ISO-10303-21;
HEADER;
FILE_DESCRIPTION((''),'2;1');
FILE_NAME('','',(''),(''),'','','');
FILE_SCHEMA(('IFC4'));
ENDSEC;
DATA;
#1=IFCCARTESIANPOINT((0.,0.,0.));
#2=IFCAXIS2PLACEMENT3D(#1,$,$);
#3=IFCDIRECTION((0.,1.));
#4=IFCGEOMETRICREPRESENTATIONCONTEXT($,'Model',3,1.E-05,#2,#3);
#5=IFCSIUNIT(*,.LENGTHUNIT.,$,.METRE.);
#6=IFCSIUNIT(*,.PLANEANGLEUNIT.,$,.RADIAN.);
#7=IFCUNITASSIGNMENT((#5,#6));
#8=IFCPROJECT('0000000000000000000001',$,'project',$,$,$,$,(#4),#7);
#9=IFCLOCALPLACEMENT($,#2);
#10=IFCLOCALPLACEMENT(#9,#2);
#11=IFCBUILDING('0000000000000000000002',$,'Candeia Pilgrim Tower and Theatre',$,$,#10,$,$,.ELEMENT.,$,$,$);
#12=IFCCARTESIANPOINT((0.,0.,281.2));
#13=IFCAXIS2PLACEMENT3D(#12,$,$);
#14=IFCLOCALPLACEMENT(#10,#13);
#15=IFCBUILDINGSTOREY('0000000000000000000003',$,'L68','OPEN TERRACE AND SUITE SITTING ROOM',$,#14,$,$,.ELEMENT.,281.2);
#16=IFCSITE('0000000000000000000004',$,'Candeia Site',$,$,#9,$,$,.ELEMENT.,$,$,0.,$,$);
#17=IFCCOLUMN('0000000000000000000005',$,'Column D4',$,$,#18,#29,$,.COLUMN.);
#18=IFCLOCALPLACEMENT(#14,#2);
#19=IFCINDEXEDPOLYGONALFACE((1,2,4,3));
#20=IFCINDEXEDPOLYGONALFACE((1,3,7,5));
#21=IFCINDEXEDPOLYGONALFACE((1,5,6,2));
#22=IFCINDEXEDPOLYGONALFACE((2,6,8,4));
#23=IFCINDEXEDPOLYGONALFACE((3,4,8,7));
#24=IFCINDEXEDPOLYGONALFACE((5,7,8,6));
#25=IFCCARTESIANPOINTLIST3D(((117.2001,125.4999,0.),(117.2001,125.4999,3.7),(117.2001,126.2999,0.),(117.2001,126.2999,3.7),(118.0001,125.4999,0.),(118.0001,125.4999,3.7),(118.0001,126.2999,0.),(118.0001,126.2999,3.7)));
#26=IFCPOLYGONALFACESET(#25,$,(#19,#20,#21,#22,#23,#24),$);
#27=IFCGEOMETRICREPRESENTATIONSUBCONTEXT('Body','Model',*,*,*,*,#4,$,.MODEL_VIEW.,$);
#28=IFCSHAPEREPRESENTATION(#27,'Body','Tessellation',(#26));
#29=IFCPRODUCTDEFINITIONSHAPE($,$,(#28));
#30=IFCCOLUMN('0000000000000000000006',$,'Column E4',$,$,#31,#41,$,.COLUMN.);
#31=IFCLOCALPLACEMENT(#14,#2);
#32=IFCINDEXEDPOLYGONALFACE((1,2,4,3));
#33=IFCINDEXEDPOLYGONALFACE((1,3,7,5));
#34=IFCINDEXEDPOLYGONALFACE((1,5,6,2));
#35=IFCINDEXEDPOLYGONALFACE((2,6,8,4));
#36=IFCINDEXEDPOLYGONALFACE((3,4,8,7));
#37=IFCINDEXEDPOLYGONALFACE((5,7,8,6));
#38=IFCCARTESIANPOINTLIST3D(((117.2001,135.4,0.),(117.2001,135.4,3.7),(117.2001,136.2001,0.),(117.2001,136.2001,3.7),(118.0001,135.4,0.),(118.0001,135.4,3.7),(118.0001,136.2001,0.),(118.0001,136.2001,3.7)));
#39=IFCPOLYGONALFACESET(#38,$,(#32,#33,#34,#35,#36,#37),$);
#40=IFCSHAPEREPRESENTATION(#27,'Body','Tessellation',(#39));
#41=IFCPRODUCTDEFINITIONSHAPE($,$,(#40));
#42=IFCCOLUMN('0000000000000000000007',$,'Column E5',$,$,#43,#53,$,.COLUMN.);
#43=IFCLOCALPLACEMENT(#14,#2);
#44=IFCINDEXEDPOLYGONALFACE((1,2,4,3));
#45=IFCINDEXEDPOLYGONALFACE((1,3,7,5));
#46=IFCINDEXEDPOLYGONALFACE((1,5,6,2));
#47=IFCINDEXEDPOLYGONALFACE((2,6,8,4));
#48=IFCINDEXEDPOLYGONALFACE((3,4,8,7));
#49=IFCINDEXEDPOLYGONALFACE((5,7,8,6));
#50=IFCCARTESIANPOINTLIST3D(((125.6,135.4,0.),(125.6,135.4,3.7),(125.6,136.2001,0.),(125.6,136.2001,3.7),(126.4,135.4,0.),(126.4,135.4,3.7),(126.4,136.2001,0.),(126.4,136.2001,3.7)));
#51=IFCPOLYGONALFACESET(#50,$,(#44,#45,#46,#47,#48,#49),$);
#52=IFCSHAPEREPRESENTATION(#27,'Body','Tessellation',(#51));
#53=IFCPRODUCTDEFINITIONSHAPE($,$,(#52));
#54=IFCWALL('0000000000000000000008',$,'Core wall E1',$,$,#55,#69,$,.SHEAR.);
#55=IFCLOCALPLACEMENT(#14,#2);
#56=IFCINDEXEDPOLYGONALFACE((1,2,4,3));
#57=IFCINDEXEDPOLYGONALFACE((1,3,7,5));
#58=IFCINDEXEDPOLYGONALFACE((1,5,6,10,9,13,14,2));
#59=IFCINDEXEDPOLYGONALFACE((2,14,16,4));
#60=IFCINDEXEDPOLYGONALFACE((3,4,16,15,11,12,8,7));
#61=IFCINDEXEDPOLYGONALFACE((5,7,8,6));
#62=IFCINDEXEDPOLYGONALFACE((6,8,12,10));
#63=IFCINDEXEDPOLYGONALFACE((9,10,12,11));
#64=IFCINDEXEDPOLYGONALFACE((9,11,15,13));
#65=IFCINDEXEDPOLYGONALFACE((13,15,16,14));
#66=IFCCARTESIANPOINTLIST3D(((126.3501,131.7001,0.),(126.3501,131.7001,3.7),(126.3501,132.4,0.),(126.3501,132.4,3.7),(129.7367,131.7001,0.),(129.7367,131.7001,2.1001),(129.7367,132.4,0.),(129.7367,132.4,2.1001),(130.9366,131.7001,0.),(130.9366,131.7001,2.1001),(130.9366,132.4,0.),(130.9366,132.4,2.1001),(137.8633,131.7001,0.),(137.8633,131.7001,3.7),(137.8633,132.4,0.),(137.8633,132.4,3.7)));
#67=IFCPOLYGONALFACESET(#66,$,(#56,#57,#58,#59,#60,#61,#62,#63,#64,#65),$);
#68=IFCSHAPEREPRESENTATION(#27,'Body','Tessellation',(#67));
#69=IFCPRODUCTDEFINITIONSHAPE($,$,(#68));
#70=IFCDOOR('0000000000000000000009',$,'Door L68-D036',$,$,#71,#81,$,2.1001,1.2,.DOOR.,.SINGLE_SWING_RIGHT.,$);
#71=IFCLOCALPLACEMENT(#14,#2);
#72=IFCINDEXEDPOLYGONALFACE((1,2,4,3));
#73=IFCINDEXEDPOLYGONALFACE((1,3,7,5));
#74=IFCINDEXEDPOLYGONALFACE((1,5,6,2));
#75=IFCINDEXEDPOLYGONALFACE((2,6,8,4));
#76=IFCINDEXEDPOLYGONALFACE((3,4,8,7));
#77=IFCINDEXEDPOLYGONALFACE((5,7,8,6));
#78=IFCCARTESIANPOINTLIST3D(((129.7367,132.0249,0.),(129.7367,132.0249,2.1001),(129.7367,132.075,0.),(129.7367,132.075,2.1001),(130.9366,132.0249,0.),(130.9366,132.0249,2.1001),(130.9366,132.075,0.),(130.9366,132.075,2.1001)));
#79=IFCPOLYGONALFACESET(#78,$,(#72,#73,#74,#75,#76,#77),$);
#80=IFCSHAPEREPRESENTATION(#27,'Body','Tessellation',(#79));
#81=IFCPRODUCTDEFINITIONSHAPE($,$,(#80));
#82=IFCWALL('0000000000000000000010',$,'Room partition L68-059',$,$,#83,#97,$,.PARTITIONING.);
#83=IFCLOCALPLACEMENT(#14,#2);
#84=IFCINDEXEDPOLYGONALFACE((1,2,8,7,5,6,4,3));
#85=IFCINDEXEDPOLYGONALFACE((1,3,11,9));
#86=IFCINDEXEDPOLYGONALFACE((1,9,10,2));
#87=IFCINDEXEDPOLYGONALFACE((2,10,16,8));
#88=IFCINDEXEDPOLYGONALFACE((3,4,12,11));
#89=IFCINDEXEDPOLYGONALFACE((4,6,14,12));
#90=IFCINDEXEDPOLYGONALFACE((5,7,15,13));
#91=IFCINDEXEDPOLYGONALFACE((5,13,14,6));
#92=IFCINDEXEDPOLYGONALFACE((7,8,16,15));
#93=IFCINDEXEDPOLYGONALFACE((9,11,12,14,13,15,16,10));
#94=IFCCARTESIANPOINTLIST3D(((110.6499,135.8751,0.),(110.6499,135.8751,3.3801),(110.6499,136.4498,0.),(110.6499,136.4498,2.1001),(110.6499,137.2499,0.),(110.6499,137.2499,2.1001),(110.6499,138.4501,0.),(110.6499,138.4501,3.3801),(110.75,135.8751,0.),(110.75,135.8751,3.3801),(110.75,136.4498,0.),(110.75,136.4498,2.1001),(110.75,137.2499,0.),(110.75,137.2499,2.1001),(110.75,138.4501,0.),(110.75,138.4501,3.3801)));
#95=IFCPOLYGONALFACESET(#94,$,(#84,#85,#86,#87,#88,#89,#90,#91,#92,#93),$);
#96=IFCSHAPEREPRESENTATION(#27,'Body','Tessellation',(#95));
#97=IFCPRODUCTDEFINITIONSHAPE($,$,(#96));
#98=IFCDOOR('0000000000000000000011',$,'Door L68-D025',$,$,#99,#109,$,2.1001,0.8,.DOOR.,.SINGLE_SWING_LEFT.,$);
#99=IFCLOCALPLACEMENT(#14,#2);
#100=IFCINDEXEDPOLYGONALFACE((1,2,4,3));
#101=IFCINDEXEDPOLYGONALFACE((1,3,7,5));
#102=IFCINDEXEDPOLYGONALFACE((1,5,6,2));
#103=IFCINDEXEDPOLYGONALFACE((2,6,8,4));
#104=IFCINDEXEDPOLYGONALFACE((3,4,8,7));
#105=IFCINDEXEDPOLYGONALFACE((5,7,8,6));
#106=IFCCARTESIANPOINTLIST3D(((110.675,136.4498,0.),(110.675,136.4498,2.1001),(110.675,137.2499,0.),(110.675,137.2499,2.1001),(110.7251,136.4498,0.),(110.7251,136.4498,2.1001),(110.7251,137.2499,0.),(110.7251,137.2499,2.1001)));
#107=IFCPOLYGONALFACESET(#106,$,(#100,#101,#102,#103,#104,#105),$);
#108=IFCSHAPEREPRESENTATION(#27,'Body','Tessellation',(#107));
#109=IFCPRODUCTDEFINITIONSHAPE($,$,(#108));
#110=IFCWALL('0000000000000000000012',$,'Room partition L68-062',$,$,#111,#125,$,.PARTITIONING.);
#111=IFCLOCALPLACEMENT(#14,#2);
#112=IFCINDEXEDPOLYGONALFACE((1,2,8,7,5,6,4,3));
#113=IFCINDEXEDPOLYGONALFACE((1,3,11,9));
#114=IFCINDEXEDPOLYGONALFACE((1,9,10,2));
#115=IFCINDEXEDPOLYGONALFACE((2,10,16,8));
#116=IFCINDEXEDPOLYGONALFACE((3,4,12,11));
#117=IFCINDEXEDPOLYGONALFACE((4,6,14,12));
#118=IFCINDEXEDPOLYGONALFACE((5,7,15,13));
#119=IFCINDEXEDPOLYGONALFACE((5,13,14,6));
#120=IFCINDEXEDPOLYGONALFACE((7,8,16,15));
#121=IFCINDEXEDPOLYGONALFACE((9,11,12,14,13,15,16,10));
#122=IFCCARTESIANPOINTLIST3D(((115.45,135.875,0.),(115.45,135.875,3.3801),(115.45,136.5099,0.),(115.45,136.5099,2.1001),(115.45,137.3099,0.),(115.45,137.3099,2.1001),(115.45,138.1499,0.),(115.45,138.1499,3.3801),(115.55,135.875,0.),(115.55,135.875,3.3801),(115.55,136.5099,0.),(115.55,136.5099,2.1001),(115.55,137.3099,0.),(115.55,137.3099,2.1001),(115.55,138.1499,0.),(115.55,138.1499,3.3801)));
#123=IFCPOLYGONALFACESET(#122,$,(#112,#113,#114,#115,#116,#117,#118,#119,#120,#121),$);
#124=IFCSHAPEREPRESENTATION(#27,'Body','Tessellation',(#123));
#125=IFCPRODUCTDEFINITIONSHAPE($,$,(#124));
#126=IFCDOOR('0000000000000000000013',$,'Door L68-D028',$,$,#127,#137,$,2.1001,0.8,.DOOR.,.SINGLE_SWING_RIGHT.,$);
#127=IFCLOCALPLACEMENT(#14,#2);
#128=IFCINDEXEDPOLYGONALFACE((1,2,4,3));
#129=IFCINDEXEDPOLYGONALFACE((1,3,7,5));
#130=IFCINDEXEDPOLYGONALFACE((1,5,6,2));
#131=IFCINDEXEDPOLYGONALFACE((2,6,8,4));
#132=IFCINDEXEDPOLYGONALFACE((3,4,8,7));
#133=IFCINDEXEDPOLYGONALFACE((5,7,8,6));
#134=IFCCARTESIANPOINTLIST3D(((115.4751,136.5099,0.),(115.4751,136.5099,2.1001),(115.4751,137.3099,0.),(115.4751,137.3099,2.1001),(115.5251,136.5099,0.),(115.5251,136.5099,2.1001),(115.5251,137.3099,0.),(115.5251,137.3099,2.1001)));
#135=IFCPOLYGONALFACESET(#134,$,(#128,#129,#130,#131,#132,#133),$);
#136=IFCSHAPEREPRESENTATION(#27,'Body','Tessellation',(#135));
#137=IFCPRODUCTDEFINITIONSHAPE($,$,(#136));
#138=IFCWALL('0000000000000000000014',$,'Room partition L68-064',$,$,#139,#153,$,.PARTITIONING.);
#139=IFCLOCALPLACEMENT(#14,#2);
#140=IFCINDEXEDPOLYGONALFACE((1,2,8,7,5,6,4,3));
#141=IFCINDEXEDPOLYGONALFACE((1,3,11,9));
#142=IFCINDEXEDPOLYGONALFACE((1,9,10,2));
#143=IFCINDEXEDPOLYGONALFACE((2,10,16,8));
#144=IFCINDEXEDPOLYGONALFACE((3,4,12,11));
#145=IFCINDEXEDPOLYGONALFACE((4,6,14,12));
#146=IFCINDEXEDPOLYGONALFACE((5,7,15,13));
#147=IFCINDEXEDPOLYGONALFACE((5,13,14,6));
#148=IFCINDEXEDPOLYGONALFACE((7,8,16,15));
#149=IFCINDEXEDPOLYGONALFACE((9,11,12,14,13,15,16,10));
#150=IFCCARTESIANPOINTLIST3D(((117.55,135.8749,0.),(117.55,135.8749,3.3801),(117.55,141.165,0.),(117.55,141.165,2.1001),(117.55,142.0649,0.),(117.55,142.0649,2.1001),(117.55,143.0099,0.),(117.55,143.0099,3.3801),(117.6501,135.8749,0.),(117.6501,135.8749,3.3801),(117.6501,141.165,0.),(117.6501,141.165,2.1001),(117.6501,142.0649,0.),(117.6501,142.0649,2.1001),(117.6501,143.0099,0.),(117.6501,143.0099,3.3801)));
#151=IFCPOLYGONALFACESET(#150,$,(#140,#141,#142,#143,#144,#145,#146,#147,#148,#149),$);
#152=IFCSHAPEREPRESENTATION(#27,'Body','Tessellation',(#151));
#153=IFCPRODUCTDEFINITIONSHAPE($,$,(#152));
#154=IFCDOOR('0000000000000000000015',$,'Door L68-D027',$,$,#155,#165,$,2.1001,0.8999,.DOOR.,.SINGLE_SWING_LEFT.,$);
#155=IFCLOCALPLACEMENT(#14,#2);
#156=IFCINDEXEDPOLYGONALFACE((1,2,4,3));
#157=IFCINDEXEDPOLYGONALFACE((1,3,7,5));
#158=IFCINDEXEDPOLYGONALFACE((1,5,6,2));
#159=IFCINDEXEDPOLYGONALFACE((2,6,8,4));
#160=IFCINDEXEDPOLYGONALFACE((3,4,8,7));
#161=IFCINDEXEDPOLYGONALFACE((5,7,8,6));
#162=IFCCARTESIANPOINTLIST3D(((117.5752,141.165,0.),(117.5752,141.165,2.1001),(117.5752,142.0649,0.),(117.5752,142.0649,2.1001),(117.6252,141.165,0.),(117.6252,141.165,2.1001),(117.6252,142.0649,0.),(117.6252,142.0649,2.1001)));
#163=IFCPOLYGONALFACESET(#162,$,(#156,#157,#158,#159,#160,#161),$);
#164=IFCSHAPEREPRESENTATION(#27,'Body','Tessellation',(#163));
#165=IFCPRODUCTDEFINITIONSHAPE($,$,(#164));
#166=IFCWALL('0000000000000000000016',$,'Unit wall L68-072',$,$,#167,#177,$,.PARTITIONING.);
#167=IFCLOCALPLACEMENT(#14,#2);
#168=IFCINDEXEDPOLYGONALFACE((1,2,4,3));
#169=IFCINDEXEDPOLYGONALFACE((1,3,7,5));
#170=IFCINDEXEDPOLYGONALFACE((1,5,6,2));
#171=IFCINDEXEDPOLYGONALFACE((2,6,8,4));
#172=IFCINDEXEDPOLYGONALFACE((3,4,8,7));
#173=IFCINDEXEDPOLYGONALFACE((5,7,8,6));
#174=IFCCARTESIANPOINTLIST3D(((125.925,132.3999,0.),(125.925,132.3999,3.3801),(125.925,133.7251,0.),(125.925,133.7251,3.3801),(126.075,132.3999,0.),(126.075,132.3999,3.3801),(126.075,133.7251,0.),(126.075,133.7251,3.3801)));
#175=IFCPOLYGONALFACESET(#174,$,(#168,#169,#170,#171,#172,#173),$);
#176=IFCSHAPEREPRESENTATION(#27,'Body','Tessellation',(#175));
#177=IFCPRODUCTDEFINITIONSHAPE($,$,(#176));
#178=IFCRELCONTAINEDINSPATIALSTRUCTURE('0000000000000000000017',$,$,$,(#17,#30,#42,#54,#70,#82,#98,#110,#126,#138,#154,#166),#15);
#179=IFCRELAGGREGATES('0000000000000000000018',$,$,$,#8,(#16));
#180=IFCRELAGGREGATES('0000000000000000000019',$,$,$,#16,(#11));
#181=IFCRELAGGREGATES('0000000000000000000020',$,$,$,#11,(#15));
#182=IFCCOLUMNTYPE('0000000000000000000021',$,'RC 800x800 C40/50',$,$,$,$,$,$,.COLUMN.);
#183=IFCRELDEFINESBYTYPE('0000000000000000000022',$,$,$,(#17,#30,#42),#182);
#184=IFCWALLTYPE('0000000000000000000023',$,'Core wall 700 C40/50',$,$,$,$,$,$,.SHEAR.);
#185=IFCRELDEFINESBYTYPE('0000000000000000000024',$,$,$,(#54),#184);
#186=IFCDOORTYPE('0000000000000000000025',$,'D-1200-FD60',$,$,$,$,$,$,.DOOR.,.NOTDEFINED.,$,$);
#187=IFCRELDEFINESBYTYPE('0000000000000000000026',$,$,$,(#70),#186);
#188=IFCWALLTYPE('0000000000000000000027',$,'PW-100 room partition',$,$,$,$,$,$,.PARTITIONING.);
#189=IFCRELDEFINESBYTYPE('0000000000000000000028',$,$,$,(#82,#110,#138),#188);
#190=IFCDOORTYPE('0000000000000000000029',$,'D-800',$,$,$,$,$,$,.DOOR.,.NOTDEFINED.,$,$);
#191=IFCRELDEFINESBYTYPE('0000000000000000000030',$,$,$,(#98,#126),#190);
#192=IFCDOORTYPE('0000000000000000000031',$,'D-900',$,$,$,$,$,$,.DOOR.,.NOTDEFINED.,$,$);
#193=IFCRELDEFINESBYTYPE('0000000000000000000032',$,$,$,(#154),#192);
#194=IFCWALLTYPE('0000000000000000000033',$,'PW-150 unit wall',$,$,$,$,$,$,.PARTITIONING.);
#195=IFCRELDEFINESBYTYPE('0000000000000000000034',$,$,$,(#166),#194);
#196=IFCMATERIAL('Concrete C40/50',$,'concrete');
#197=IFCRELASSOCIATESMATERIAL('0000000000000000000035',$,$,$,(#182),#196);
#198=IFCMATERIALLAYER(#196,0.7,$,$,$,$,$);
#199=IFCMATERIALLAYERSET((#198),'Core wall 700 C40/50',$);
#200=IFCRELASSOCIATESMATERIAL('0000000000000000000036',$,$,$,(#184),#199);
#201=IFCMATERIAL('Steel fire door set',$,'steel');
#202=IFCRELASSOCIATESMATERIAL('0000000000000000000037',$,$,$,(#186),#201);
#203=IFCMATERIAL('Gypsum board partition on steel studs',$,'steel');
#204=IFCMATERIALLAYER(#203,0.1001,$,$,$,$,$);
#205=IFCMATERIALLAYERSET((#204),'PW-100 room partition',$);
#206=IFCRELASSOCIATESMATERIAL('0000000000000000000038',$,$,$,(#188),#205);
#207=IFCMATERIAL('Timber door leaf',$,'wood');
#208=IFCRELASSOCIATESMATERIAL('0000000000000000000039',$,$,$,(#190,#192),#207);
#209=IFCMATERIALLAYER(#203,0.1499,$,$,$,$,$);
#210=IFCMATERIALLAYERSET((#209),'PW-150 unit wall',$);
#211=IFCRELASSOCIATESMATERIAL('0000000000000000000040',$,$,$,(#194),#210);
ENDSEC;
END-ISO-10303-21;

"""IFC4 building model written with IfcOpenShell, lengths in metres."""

from ifc_helpers import new_model, si_unit, direction, frame, frame_2d, origin, origin_2d, place, context, subcontext, project, spatial, rectangle, extrude, material, layer, layer_set, material_profile, profile_set, type_object, element, fill, save


model = new_model("IFC4")

# Units and contexts
model_context = context("Model", 3, precision=1e-05, world=origin(), true_north=direction((0.0, 1.0)))
body_context = subcontext(model_context, "Body", "Model", "MODEL_VIEW")
ifc_project = project(units=[si_unit("LENGTHUNIT", "METRE"), si_unit("PLANEANGLEUNIT", "RADIAN")], contexts=[model_context])

# Site, building, storey
site_placement = place(None, origin())
site = spatial("IfcSite", under=ifc_project, at=site_placement, Name="Candeia Site", CompositionType="ELEMENT", RefElevation=0.0)
building_placement = place(site_placement, origin())
building = spatial("IfcBuilding", under=site, at=building_placement, Name="Candeia Pilgrim Tower and Theatre", CompositionType="ELEMENT")
storey_placement = place(building_placement, frame((0.0, 0.0, 281.2)))
storey = spatial("IfcBuildingStorey", under=building, at=storey_placement, Name="L68", Description="OPEN TERRACE AND SUITE SITTING ROOM", CompositionType="ELEMENT", Elevation=281.2)

# Columns
ifc_material_1 = material(Name="Concrete C40/50", Category="concrete")
ifc_material_profile = material_profile(ifc_material_1, rectangle(XDim=0.8, YDim=0.8, at=origin_2d()))
ifc_profile_set = profile_set([ifc_material_profile], Name="Concrete C40/50")
column_type = type_object("IfcColumnType", Name="RC 800x800 C40/50", PredefinedType="COLUMN", material=ifc_profile_set)
for number, where, z_axis, x_axis, name in (
    (1, (117.6001, 125.8999, 0.0), (0.0, 0.0, 1.0), (1.0, 0.0, 0.0), "Column D4"),
    (2, (117.6001, 135.8, 0.0), (0.0, 0.0, 1.0), (1.0, 0.0, 0.0), "Column E4"),
    (3, (126.0, 135.8, 0.0), (0.0, 0.0, 1.0), (1.0, 0.0, 0.0), "Column E5"),
):
    element("IfcColumn", number, at=place(storey_placement, frame(where, z_axis=z_axis, x_axis=x_axis)), inside=storey, type_object=column_type, Name=name, PredefinedType="COLUMN", context=body_context, shape_type="SweptSolid", body=[
        extrude(rectangle(XDim=0.8, YDim=0.8, at=origin_2d()), origin(), (0.0, 0.0, 1.0), 3.7),
    ])

# Walls, openings, doors
ifc_layer_1 = layer(ifc_material_1, 0.7)
ifc_layer_set_1 = layer_set([ifc_layer_1], Name="Core wall 700 C40/50")
wall_type_1 = type_object("IfcWallType", Name="Core wall 700 C40/50", PredefinedType="SHEAR", material=ifc_layer_set_1)
wall_1_placement = place(storey_placement, frame((126.3501, 132.05, 0.0), z_axis=(0.0, 0.0, 1.0), x_axis=(1.0, 0.0, 0.0)))
wall_1 = element("IfcWall", 4, at=wall_1_placement, inside=storey, type_object=wall_type_1, Name="Core wall E1", PredefinedType="SHEAR", context=body_context, shape_type="SweptSolid", body=[
    extrude(rectangle(XDim=11.5132, YDim=0.7, at=frame_2d((5.7566, 0.0))), origin(), (0.0, 0.0, 1.0), 3.7),
])
opening_1_placement = place(wall_1_placement, frame((3.3865, 0.0, 0.0)))
opening_1 = element("IfcOpeningElement", 5, at=opening_1_placement, cuts=wall_1, PredefinedType="OPENING", context=body_context, shape_type="SweptSolid", body=[
    extrude(rectangle(XDim=1.2, YDim=2.1001, at=frame_2d((0.6001, 1.05))), frame((0.0, 0.3599, 0.0), z_axis=(0.0, -1.0, 0.0), x_axis=(1.0, 0.0, 0.0)), (0.0, 0.0, 1.0), 0.72),
])
ifc_material_2 = material(Name="Steel fire door set", Category="steel")
door_type_1 = type_object("IfcDoorType", Name="D-1200-FD60", OperationType="NOTDEFINED", PredefinedType="DOOR", material=ifc_material_2)
door_1_placement = place(opening_1_placement, origin())
door_1 = element("IfcDoor", 6, at=door_1_placement, inside=storey, type_object=door_type_1, Name="Door L68-D036", OperationType="SINGLE_SWING_RIGHT", OverallHeight=2.1001, OverallWidth=1.2, PredefinedType="DOOR", context=body_context, shape_type="SweptSolid", body=[
    extrude(rectangle(XDim=1.2, YDim=2.1001, at=frame_2d((0.6001, 1.05))), frame((0.0, 0.0249, 0.0), z_axis=(0.0, -1.0, 0.0), x_axis=(1.0, 0.0, 0.0)), (0.0, 0.0, 1.0), 0.05),
])
fill(opening_1, door_1)
ifc_material_3 = material(Name="Gypsum board partition on steel studs", Category="steel")
ifc_layer_2 = layer(ifc_material_3, 0.1001)
ifc_layer_set_2 = layer_set([ifc_layer_2], Name="PW-100 room partition")
wall_type_2 = type_object("IfcWallType", Name="PW-100 room partition", PredefinedType="PARTITIONING", material=ifc_layer_set_2)
wall_2_placement = place(storey_placement, frame((110.7, 135.875, 0.0), z_axis=(0.0, 0.0, 1.0), x_axis=(0.0, 1.0, 0.0)))
wall_2 = element("IfcWall", 7, at=wall_2_placement, inside=storey, type_object=wall_type_2, Name="Room partition L68-059", PredefinedType="PARTITIONING", context=body_context, shape_type="SweptSolid", body=[
    extrude(rectangle(XDim=2.575, YDim=0.1001, at=frame_2d((1.2876, 0.0))), origin(), (0.0, 0.0, 1.0), 3.3801),
])
opening_2_placement = place(wall_2_placement, frame((0.575, 0.0, 0.0)))
opening_2 = element("IfcOpeningElement", 8, at=opening_2_placement, cuts=wall_2, PredefinedType="OPENING", context=body_context, shape_type="SweptSolid", body=[
    extrude(rectangle(XDim=0.8, YDim=2.1001, at=frame_2d((0.3999, 1.05))), frame((0.0, 0.0601, 0.0), z_axis=(0.0, -1.0, 0.0), x_axis=(1.0, 0.0, 0.0)), (0.0, 0.0, 1.0), 0.1201),
])
ifc_material_4 = material(Name="Timber door leaf", Category="wood")
door_type_2 = type_object("IfcDoorType", Name="D-800", OperationType="NOTDEFINED", PredefinedType="DOOR", material=ifc_material_4)
door_2_placement = place(opening_2_placement, origin())
door_2 = element("IfcDoor", 9, at=door_2_placement, inside=storey, type_object=door_type_2, Name="Door L68-D025", OperationType="SINGLE_SWING_LEFT", OverallHeight=2.1001, OverallWidth=0.8, PredefinedType="DOOR", context=body_context, shape_type="SweptSolid", body=[
    extrude(rectangle(XDim=0.8, YDim=2.1001, at=frame_2d((0.3999, 1.05))), frame((0.0, 0.0249, 0.0), z_axis=(0.0, -1.0, 0.0), x_axis=(1.0, 0.0, 0.0)), (0.0, 0.0, 1.0), 0.05),
])
fill(opening_2, door_2)
wall_3_placement = place(storey_placement, frame((115.5, 135.875, 0.0), z_axis=(0.0, 0.0, 1.0), x_axis=(0.0, 1.0, 0.0)))
wall_3 = element("IfcWall", 10, at=wall_3_placement, inside=storey, type_object=wall_type_2, Name="Room partition L68-062", PredefinedType="PARTITIONING", context=body_context, shape_type="SweptSolid", body=[
    extrude(rectangle(XDim=2.2749, YDim=0.1001, at=frame_2d((1.1375, 0.0))), origin(), (0.0, 0.0, 1.0), 3.3801),
])
opening_3_placement = place(wall_3_placement, frame((0.635, 0.0, 0.0)))
opening_3 = element("IfcOpeningElement", 11, at=opening_3_placement, cuts=wall_3, PredefinedType="OPENING", context=body_context, shape_type="SweptSolid", body=[
    extrude(rectangle(XDim=0.8, YDim=2.1001, at=frame_2d((0.3999, 1.05))), frame((0.0, 0.0601, 0.0), z_axis=(0.0, -1.0, 0.0), x_axis=(1.0, 0.0, 0.0)), (0.0, 0.0, 1.0), 0.1201),
])
door_3_placement = place(opening_3_placement, origin())
door_3 = element("IfcDoor", 12, at=door_3_placement, inside=storey, type_object=door_type_2, Name="Door L68-D028", OperationType="SINGLE_SWING_RIGHT", OverallHeight=2.1001, OverallWidth=0.8, PredefinedType="DOOR", context=body_context, shape_type="SweptSolid", body=[
    extrude(rectangle(XDim=0.8, YDim=2.1001, at=frame_2d((0.3999, 1.05))), frame((0.0, 0.0249, 0.0), z_axis=(0.0, -1.0, 0.0), x_axis=(1.0, 0.0, 0.0)), (0.0, 0.0, 1.0), 0.05),
])
fill(opening_3, door_3)
wall_4_placement = place(storey_placement, frame((117.6001, 135.875, 0.0), z_axis=(0.0, 0.0, 1.0), x_axis=(0.0, 1.0, 0.0)))
wall_4 = element("IfcWall", 13, at=wall_4_placement, inside=storey, type_object=wall_type_2, Name="Room partition L68-064", PredefinedType="PARTITIONING", context=body_context, shape_type="SweptSolid", body=[
    extrude(rectangle(XDim=7.135, YDim=0.1001, at=frame_2d((3.5674, 0.0))), origin(), (0.0, 0.0, 1.0), 3.3801),
])
opening_4_placement = place(wall_4_placement, frame((5.29, 0.0, 0.0)))
opening_4 = element("IfcOpeningElement", 14, at=opening_4_placement, cuts=wall_4, PredefinedType="OPENING", context=body_context, shape_type="SweptSolid", body=[
    extrude(rectangle(XDim=0.8999, YDim=2.1001, at=frame_2d((0.45, 1.05))), frame((0.0, 0.0601, 0.0), z_axis=(0.0, -1.0, 0.0), x_axis=(1.0, 0.0, 0.0)), (0.0, 0.0, 1.0), 0.1201),
])
door_type_3 = type_object("IfcDoorType", Name="D-900", OperationType="NOTDEFINED", PredefinedType="DOOR", material=ifc_material_4)
door_4_placement = place(opening_4_placement, origin())
door_4 = element("IfcDoor", 15, at=door_4_placement, inside=storey, type_object=door_type_3, Name="Door L68-D027", OperationType="SINGLE_SWING_LEFT", OverallHeight=2.1001, OverallWidth=0.8999, PredefinedType="DOOR", context=body_context, shape_type="SweptSolid", body=[
    extrude(rectangle(XDim=0.8999, YDim=2.1001, at=frame_2d((0.45, 1.05))), frame((0.0, 0.0249, 0.0), z_axis=(0.0, -1.0, 0.0), x_axis=(1.0, 0.0, 0.0)), (0.0, 0.0, 1.0), 0.05),
])
fill(opening_4, door_4)

# Wall
ifc_layer_3 = layer(ifc_material_3, 0.1499)
ifc_layer_set_3 = layer_set([ifc_layer_3], Name="PW-150 unit wall")
wall_type_3 = type_object("IfcWallType", Name="PW-150 unit wall", PredefinedType="PARTITIONING", material=ifc_layer_set_3)
wall_5_placement = place(storey_placement, frame((126.0, 132.3999, 0.0), z_axis=(0.0, 0.0, 1.0), x_axis=(0.0, 1.0, 0.0)))
element("IfcWall", 16, at=wall_5_placement, inside=storey, type_object=wall_type_3, Name="Unit wall L68-072", PredefinedType="PARTITIONING", context=body_context, shape_type="SweptSolid", body=[
    extrude(rectangle(XDim=1.3252, YDim=0.1499, at=frame_2d((0.6626, 0.0))), origin(), (0.0, 0.0, 1.0), 3.3801),
])

save(model, "model.ifc")
